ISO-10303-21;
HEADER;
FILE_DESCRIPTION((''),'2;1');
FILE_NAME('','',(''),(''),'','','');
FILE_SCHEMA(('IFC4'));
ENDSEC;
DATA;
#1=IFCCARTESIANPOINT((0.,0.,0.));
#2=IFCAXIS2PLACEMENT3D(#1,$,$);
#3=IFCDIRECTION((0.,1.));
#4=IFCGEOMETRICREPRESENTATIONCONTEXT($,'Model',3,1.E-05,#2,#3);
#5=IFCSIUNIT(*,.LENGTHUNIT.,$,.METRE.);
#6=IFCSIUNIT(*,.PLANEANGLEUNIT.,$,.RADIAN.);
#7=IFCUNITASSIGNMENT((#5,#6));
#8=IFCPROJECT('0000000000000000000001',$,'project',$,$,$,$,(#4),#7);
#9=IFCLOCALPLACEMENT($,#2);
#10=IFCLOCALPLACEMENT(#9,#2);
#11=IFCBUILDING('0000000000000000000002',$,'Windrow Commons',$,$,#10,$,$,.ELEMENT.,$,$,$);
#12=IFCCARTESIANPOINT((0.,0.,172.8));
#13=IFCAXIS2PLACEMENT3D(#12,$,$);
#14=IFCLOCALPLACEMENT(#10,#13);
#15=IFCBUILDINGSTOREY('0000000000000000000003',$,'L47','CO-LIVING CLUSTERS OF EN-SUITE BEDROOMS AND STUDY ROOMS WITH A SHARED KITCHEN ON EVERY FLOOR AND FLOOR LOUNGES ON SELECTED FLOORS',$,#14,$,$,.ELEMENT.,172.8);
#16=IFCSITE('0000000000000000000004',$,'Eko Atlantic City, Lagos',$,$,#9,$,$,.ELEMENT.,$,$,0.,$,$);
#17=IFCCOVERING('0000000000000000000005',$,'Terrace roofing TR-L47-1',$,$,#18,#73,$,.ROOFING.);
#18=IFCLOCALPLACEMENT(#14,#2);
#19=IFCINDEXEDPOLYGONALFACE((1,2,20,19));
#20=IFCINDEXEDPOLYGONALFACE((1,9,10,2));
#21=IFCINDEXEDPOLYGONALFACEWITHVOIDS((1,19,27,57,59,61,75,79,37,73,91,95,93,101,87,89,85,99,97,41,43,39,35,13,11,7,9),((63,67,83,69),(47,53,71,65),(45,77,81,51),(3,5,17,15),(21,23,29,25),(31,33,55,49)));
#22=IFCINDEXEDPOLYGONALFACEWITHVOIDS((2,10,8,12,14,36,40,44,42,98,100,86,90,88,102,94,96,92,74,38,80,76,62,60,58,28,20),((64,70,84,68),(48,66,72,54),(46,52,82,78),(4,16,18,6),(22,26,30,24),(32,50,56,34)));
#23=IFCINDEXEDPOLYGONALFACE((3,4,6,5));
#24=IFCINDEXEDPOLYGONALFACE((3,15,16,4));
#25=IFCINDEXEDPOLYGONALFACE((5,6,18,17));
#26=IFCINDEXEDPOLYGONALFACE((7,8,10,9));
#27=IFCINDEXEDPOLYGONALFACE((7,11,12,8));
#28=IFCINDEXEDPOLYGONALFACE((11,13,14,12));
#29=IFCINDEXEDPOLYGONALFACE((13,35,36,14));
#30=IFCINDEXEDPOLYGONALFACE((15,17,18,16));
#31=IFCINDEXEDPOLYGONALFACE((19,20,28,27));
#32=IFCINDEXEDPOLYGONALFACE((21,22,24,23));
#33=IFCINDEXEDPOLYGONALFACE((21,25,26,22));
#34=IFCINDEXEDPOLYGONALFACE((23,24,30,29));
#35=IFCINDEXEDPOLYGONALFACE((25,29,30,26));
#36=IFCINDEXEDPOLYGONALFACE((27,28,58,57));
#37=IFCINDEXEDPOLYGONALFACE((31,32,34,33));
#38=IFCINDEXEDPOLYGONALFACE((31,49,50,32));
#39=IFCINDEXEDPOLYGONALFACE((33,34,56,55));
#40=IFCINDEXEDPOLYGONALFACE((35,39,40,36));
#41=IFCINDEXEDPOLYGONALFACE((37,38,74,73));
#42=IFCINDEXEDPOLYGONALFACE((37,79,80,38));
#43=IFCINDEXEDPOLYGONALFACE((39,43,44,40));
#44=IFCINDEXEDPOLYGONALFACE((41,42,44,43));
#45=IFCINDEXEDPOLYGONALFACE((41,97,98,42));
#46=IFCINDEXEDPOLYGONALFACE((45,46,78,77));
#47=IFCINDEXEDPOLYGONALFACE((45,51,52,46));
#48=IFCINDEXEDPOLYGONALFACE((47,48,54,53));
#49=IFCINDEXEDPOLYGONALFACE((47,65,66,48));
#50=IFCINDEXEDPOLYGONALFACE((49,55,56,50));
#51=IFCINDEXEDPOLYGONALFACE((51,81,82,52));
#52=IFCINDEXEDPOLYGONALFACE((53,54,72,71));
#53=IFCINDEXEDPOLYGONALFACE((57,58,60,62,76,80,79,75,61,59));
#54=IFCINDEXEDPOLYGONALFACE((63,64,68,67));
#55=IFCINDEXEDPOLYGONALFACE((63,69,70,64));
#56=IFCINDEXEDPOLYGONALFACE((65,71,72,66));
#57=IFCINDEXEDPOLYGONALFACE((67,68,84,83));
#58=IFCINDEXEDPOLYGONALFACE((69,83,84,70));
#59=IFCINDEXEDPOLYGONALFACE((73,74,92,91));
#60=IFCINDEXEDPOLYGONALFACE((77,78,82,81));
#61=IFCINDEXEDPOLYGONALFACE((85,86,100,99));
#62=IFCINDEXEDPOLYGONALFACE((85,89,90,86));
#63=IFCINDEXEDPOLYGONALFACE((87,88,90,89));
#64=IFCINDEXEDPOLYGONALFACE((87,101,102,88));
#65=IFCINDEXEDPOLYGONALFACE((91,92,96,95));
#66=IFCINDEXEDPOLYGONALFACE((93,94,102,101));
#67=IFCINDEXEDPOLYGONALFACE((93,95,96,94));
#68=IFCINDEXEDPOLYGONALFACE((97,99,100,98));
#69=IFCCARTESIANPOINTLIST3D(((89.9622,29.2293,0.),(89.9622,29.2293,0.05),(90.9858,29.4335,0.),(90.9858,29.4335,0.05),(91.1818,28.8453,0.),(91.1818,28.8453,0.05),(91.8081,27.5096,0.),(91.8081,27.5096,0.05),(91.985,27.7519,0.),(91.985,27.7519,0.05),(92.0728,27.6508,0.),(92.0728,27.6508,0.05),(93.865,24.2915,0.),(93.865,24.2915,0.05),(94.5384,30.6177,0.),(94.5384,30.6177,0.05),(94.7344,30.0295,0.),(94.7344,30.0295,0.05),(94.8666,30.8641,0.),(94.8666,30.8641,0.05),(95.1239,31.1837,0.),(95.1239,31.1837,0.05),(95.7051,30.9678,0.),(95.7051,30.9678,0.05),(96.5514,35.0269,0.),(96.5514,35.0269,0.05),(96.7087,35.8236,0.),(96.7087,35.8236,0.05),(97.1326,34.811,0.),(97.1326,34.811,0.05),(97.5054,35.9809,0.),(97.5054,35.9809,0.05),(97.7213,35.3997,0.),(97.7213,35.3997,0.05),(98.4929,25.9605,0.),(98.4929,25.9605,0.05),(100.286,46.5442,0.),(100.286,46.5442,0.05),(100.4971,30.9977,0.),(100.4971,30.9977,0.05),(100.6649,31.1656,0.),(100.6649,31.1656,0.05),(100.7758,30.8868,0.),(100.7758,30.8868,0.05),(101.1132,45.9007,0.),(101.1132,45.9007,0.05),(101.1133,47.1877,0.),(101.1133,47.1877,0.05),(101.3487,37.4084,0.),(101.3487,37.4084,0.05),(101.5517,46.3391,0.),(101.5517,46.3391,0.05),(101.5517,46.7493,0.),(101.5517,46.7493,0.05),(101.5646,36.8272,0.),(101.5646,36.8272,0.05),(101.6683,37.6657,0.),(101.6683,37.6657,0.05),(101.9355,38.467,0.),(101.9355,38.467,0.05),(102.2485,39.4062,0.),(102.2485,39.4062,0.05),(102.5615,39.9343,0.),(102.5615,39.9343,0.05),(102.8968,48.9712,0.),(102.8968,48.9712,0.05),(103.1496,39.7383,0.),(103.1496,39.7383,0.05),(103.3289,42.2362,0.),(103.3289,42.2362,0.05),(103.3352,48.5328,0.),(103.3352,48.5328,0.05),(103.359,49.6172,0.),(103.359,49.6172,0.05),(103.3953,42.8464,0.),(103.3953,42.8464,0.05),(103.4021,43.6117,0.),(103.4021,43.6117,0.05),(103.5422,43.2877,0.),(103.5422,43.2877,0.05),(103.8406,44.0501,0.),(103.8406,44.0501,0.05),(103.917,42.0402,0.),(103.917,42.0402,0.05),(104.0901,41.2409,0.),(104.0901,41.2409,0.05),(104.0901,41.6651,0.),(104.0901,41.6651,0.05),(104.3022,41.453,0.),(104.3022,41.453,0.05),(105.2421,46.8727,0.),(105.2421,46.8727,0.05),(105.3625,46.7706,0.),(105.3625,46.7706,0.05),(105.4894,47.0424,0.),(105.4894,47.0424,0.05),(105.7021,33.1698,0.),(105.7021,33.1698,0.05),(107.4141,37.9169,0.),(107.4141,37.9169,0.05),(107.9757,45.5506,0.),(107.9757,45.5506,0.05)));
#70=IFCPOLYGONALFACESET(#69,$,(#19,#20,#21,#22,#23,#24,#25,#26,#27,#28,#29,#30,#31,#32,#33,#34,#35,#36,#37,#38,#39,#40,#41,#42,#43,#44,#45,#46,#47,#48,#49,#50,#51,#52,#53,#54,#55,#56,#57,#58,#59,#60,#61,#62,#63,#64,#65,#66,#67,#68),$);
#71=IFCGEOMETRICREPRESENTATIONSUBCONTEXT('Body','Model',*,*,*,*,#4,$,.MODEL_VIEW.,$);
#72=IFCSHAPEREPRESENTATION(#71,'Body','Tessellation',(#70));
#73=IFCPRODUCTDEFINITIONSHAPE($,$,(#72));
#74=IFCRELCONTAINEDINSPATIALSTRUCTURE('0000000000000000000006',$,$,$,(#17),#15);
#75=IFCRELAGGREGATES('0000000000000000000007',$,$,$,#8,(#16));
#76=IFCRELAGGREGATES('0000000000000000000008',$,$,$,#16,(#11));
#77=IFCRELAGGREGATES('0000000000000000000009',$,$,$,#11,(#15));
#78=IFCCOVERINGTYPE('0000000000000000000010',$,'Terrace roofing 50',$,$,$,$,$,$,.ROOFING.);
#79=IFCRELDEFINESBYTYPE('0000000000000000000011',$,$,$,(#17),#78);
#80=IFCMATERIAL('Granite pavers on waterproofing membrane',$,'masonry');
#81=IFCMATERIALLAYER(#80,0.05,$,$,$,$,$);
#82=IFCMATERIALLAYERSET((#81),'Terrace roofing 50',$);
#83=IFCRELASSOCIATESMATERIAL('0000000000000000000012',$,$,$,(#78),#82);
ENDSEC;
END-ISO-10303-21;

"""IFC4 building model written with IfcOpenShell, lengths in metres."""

from ifc_helpers import new_model, si_unit, direction, frame, origin, place, context, subcontext, project, spatial, polyline, outline, extrude, material, layer, layer_set, type_object, element, save


model = new_model("IFC4")

# Units and contexts
model_context = context("Model", 3, precision=1e-05, world=origin(), true_north=direction((0.0, 1.0)))
body_context = subcontext(model_context, "Body", "Model", "MODEL_VIEW")
ifc_project = project(units=[si_unit("LENGTHUNIT", "METRE"), si_unit("PLANEANGLEUNIT", "RADIAN")], contexts=[model_context])

# Site, building, storey
site_placement = place(None, origin())
site = spatial("IfcSite", under=ifc_project, at=site_placement, Name="Eko Atlantic City, Lagos", CompositionType="ELEMENT", RefElevation=0.0)
building_placement = place(site_placement, origin())
building = spatial("IfcBuilding", under=site, at=building_placement, Name="Windrow Commons", CompositionType="ELEMENT")
storey_placement = place(building_placement, frame((0.0, 0.0, 172.8)))
storey = spatial("IfcBuildingStorey", under=building, at=storey_placement, Name="L47", Description="CO-LIVING CLUSTERS OF EN-SUITE BEDROOMS AND STUDY ROOMS WITH A SHARED KITCHEN ON EVERY FLOOR AND FLOOR LOUNGES ON SELECTED FLOORS", CompositionType="ELEMENT", Elevation=172.8)

# Shared definitions
placement_1 = place(storey_placement, origin())

# Covering
ifc_material_1 = material(Name="Granite pavers on waterproofing membrane", Category="masonry")
ifc_layer_1 = layer(ifc_material_1, 0.05)
ifc_layer_set_1 = layer_set([ifc_layer_1], Name="Terrace roofing 50")
covering_type = type_object("IfcCoveringType", Name="Terrace roofing 50", PredefinedType="ROOFING", material=ifc_layer_set_1)
element("IfcCovering", 1, at=placement_1, inside=storey, type_object=covering_type, Name="Terrace roofing TR-L47-1", PredefinedType="ROOFING", context=body_context, shape_type="SweptSolid", body=[
    extrude(outline(polyline([(102.2485, 39.4062), (103.3953, 42.8464), (103.5422, 43.2877), (100.286, 46.5442), (103.359, 49.6172), (105.2421, 46.8727), (105.4894, 47.0424), (105.3625, 46.7706), (107.9757, 45.5506), (104.0901, 41.6651), (104.3022, 41.453), (104.0901, 41.2409), (107.4141, 37.9169), (105.7021, 33.1698), (100.6649, 31.1656), (100.7758, 30.8868), (100.4971, 30.9977), (98.4929, 25.9605), (93.865, 24.2915), (92.0728, 27.6508), (91.8081, 27.5096), (91.985, 27.7519), (89.9622, 29.2293), (94.8666, 30.8641), (96.7087, 35.8236), (101.6683, 37.6657), (101.9355, 38.467), (102.2485, 39.4062)]), holes=[polyline([(94.5384, 30.6177), (90.9858, 29.4335), (91.1818, 28.8453), (94.7344, 30.0295), (94.5384, 30.6177)]), polyline([(96.5514, 35.0269), (95.1239, 31.1837), (95.7051, 30.9678), (97.1326, 34.811), (96.5514, 35.0269)]), polyline([(101.3487, 37.4084), (97.5054, 35.9809), (97.7213, 35.3997), (101.5646, 36.8272), (101.3487, 37.4084)]), polyline([(103.917, 42.0402), (103.3289, 42.2362), (102.5615, 39.9343), (103.1496, 39.7383), (103.917, 42.0402)]), polyline([(101.1132, 45.9007), (103.4021, 43.6117), (103.8406, 44.0501), (101.5517, 46.3391), (101.1132, 45.9007)]), polyline([(102.8968, 48.9712), (101.1133, 47.1877), (101.5517, 46.7493), (103.3352, 48.5328), (102.8968, 48.9712)])]), origin(), (0.0, 0.0, 1.0), 0.05),
])

save(model, "model.ifc")
